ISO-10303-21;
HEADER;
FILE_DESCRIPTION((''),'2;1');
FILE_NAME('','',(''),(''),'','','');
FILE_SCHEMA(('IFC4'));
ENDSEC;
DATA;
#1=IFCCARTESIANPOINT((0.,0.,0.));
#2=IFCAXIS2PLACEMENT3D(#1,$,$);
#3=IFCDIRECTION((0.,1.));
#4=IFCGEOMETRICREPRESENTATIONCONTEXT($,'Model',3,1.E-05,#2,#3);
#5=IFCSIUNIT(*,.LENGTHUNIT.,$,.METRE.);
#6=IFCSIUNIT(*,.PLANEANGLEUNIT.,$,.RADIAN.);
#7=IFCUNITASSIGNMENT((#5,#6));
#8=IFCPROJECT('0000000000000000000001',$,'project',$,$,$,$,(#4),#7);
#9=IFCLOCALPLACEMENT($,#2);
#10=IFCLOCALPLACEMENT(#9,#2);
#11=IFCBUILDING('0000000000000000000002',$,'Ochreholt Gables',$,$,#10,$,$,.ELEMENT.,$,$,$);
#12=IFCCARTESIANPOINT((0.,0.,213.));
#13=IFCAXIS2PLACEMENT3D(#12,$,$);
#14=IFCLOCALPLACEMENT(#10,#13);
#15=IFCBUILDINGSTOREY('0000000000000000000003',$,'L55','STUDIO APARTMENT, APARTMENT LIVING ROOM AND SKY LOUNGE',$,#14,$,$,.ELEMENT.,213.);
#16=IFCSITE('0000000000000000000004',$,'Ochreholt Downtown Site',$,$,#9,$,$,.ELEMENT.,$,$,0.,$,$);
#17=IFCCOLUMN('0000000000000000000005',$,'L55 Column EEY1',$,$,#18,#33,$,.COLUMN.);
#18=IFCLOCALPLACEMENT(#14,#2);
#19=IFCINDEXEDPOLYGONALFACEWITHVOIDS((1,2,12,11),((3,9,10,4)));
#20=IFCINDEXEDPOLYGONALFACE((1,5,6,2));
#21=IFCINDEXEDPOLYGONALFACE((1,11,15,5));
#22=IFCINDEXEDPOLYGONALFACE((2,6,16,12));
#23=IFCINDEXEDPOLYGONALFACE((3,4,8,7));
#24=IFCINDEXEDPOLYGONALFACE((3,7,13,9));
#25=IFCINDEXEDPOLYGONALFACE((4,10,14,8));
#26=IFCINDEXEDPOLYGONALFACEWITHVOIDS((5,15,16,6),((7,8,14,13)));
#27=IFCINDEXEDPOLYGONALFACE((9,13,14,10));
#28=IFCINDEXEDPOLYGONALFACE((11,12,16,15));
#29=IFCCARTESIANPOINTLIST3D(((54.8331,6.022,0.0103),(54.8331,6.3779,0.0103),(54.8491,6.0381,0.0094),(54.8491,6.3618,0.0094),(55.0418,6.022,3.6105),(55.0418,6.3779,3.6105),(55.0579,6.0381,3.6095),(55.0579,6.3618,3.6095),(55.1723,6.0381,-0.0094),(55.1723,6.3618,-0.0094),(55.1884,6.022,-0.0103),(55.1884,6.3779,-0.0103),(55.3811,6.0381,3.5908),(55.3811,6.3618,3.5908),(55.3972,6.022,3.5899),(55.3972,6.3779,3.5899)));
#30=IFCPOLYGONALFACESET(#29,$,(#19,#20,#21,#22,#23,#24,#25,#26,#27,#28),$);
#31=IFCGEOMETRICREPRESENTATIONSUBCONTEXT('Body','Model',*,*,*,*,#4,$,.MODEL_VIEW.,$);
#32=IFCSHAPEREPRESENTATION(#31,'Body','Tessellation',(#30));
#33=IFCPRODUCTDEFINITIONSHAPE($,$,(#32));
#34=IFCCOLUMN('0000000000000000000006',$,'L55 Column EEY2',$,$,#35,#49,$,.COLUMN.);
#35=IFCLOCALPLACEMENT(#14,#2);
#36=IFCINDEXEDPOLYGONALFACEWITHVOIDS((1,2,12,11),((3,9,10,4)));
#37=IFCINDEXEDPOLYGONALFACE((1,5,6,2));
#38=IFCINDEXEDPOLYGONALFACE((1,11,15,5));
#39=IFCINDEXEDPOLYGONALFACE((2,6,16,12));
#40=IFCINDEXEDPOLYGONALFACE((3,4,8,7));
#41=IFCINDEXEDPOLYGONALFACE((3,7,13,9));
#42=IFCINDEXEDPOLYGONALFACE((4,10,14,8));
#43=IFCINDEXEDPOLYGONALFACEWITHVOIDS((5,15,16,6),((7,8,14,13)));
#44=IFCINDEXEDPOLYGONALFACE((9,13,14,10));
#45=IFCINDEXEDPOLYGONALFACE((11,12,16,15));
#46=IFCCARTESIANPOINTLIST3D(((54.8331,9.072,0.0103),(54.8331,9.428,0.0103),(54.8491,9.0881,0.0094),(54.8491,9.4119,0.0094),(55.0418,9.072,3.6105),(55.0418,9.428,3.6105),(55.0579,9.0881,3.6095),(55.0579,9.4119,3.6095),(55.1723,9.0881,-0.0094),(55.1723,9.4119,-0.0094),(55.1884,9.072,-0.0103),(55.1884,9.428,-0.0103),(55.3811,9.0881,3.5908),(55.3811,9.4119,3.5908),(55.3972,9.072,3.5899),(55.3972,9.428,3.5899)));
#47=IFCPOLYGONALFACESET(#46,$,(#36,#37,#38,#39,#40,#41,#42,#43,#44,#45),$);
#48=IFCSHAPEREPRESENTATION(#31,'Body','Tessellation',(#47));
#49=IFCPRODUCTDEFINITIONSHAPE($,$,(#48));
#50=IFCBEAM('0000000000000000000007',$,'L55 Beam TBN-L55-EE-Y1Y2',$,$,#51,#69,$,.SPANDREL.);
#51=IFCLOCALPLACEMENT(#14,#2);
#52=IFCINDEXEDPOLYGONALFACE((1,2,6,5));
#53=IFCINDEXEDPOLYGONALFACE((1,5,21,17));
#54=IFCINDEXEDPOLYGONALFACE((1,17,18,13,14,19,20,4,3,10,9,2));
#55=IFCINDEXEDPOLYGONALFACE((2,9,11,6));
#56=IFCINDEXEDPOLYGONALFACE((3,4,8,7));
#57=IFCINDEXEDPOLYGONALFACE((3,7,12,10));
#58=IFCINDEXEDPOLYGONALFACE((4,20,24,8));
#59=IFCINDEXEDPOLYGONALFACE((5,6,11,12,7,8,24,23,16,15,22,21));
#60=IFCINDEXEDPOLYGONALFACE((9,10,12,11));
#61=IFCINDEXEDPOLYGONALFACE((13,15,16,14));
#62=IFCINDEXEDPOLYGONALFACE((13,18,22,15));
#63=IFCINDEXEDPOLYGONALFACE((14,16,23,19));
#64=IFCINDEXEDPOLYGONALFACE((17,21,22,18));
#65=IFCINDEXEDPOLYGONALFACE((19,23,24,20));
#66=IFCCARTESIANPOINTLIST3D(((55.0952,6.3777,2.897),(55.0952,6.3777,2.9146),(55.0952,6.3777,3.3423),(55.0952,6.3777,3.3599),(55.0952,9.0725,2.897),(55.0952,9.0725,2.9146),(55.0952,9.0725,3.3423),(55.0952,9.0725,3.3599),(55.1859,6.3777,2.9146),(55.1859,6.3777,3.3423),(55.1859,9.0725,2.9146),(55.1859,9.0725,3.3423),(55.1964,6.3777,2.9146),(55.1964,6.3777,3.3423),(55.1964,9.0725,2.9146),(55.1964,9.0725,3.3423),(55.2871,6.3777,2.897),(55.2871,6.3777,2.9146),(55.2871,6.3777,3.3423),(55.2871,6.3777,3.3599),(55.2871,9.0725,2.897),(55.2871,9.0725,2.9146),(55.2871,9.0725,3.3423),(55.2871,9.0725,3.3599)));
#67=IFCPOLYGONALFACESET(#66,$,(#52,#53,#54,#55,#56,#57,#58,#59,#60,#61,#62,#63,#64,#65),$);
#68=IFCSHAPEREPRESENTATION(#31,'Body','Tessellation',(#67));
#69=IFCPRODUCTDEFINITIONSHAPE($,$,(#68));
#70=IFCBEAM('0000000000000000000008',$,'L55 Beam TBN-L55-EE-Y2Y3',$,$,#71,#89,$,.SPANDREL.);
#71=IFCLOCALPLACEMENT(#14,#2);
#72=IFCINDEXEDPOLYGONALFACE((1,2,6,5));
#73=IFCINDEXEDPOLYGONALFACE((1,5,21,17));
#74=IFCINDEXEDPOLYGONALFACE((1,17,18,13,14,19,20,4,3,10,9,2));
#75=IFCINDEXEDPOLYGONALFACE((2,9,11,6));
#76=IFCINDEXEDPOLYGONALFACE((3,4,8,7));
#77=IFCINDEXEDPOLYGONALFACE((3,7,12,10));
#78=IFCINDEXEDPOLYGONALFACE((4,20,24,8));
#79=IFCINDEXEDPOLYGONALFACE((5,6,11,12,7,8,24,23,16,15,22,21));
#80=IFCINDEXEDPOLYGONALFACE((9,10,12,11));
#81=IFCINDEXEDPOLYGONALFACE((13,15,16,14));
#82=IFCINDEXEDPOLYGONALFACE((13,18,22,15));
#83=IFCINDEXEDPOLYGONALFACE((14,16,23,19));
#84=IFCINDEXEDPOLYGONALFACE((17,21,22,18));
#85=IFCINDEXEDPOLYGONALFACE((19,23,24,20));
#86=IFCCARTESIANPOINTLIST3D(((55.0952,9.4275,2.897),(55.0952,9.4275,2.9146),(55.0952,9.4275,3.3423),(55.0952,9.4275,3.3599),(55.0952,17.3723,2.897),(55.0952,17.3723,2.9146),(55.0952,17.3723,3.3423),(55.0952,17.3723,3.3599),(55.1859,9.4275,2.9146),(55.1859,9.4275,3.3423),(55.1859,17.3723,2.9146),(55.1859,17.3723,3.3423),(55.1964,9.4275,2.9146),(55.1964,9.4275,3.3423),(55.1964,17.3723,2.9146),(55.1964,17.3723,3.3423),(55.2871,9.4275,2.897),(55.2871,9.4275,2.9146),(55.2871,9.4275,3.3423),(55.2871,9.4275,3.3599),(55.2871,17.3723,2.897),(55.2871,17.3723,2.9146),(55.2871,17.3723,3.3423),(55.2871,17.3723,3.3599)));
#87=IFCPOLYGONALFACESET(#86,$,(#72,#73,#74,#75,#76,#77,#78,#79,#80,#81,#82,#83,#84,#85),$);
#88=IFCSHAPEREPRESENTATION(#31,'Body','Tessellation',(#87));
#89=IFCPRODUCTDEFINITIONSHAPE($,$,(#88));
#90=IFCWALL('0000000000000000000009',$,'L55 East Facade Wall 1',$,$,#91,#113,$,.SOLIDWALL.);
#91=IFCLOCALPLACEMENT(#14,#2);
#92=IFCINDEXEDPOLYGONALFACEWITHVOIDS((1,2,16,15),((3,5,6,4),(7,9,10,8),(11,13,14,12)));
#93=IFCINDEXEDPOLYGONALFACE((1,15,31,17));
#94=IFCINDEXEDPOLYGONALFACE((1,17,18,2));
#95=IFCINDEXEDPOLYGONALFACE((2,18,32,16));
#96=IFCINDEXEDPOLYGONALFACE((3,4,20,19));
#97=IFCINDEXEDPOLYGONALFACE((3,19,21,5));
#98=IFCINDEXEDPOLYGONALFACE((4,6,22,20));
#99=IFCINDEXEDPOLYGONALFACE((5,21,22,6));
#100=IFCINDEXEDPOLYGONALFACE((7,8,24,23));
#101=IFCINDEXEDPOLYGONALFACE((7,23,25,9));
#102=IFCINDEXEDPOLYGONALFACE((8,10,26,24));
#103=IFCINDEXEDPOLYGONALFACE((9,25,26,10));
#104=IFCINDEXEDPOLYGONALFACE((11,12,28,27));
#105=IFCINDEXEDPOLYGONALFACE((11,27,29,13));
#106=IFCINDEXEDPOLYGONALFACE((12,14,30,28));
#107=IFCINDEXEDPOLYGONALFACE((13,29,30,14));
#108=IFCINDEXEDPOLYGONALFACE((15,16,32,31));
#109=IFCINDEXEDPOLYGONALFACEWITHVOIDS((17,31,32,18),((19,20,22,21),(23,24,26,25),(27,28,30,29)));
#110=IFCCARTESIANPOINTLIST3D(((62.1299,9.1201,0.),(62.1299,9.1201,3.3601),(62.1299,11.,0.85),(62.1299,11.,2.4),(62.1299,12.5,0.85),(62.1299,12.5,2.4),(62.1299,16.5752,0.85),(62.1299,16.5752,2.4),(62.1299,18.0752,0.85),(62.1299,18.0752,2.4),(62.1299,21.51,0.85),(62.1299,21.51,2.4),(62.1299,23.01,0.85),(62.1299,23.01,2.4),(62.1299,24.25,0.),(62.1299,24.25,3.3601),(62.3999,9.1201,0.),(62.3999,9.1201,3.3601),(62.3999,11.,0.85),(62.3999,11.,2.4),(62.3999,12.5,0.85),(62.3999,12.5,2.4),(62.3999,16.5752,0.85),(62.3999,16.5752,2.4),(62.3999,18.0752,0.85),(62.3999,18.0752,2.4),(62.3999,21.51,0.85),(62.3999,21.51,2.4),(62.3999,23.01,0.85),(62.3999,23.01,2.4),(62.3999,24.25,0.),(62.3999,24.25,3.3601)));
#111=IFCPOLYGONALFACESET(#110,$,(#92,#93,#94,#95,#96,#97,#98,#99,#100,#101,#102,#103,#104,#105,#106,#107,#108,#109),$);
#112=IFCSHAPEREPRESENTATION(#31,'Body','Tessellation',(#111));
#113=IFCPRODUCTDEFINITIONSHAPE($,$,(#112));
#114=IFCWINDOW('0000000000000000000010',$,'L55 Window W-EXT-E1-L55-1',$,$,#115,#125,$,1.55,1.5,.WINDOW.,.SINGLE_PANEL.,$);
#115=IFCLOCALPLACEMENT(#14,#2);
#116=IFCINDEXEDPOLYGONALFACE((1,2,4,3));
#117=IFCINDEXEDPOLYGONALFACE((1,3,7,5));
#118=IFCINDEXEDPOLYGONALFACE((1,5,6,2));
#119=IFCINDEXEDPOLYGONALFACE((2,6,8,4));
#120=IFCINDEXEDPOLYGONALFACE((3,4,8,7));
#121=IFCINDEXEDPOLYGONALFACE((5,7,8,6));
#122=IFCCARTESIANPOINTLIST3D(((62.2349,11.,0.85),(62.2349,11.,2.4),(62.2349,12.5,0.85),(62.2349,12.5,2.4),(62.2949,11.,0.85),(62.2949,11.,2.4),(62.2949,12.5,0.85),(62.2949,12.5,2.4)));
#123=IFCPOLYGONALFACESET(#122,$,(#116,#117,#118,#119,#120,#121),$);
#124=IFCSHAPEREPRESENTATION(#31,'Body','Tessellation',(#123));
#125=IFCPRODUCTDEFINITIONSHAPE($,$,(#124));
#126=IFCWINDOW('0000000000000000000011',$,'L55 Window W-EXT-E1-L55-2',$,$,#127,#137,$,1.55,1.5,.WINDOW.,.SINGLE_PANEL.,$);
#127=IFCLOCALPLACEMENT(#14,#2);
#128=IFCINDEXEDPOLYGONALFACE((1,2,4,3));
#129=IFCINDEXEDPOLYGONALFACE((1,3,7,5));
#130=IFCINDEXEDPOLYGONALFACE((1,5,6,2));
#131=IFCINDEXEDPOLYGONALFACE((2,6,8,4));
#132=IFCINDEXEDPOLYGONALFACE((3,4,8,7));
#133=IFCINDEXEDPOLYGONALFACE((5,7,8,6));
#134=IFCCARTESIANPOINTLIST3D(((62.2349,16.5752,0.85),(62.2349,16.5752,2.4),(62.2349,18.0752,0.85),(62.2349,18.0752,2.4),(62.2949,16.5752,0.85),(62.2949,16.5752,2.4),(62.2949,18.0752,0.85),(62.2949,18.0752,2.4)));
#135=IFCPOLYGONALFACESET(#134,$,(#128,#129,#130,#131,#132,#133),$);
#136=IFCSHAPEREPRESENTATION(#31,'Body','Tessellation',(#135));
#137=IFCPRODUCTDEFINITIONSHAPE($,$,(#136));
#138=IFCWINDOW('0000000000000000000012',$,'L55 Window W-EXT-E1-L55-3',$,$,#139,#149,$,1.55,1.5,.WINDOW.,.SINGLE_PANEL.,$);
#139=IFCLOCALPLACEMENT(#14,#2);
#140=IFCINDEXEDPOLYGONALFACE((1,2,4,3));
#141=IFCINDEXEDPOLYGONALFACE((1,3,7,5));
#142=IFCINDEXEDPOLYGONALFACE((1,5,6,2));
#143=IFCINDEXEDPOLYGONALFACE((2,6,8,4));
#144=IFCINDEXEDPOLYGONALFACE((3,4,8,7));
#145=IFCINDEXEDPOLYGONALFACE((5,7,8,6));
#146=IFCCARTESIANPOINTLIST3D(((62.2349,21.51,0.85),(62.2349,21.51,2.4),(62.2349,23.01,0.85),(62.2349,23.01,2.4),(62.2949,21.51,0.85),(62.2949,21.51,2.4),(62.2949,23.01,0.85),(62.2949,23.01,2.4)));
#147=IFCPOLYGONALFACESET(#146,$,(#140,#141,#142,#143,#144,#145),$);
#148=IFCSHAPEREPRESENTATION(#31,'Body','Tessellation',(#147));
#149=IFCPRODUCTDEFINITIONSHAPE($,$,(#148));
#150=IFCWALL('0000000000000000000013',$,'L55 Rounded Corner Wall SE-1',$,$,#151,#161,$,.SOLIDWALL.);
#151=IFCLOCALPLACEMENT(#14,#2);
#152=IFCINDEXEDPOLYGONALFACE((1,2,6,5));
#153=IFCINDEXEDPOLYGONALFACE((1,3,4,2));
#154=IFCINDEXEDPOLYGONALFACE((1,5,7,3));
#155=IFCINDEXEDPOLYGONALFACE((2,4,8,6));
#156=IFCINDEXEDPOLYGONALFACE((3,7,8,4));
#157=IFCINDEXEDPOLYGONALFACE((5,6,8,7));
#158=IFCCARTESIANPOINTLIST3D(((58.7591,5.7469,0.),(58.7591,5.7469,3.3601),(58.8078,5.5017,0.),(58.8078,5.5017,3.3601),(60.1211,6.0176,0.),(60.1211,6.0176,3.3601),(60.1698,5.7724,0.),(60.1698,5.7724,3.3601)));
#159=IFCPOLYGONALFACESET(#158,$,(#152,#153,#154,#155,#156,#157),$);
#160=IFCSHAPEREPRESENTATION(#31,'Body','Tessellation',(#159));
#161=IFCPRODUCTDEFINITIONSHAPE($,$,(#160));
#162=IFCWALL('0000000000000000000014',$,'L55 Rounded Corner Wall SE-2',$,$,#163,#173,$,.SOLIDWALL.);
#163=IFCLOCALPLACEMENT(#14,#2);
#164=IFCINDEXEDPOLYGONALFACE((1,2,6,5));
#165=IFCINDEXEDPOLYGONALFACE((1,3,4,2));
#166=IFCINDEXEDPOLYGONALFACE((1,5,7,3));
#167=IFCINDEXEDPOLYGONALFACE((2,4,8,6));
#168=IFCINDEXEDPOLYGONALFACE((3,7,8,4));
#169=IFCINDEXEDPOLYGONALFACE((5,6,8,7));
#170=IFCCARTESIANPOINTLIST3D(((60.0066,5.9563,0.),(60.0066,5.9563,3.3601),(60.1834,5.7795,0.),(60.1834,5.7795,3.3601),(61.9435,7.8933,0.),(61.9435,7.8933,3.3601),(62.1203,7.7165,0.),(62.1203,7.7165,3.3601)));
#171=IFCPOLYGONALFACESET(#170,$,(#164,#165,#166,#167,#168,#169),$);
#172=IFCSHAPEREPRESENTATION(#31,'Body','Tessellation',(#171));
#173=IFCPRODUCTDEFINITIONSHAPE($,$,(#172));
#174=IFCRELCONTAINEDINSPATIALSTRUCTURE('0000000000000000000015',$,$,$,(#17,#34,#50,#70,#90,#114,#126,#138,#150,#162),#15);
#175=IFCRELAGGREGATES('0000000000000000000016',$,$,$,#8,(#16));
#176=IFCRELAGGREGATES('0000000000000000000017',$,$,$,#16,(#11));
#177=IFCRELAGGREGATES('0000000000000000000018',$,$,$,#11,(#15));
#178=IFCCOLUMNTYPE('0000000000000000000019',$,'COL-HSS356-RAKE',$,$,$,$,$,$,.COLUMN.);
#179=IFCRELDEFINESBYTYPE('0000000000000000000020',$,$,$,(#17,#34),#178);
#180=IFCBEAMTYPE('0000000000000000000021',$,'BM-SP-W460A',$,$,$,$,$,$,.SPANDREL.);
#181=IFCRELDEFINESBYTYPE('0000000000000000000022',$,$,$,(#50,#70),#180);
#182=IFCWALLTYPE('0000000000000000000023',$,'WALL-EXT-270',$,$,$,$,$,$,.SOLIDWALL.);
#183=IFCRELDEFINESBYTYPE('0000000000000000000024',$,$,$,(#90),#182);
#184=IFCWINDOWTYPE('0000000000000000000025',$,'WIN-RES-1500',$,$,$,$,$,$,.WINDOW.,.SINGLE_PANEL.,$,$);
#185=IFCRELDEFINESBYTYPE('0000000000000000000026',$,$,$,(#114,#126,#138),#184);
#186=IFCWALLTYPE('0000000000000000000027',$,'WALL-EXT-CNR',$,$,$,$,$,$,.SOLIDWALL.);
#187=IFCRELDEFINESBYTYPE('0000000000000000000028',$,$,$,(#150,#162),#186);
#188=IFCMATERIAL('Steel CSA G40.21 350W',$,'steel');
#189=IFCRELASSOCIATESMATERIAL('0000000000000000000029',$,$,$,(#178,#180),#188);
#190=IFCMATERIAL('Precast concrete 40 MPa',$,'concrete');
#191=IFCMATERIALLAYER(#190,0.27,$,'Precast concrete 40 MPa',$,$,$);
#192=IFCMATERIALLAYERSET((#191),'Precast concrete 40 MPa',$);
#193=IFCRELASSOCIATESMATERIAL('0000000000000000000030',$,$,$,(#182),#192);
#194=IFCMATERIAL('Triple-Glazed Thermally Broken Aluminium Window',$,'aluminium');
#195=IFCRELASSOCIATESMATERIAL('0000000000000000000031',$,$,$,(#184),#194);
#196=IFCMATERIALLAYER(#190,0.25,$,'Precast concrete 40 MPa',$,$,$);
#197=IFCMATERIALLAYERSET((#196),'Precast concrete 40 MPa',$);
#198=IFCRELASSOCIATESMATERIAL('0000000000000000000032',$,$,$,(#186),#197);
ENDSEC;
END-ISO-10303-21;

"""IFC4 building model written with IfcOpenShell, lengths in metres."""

from ifc_helpers import new_model, si_unit, direction, frame, frame_2d, origin, origin_2d, place, context, subcontext, project, spatial, rectangle, hollow_rectangle, i_section, extrude, material, layer, layer_set, material_profile, profile_set, type_object, element, fill, save


model = new_model("IFC4")

# Units and contexts
model_context = context("Model", 3, precision=1e-05, world=origin(), true_north=direction((0.0, 1.0)))
body_context = subcontext(model_context, "Body", "Model", "MODEL_VIEW")
ifc_project = project(units=[si_unit("LENGTHUNIT", "METRE"), si_unit("PLANEANGLEUNIT", "RADIAN")], contexts=[model_context])

# Site, building, storey
site_placement = place(None, origin())
site = spatial("IfcSite", under=ifc_project, at=site_placement, Name="Ochreholt Downtown Site", CompositionType="ELEMENT", RefElevation=0.0)
building_placement = place(site_placement, origin())
building = spatial("IfcBuilding", under=site, at=building_placement, Name="Ochreholt Gables", CompositionType="ELEMENT")
storey_placement = place(building_placement, frame((0.0, 0.0, 213.0)))
storey = spatial("IfcBuildingStorey", under=building, at=storey_placement, Name="L55", Description="STUDIO APARTMENT, APARTMENT LIVING ROOM AND SKY LOUNGE", CompositionType="ELEMENT", Elevation=213.0)

# Columns
ifc_material_1 = material(Name="Steel CSA G40.21 350W", Category="steel")
ifc_material_profile_1 = material_profile(ifc_material_1, hollow_rectangle(XDim=0.356, YDim=0.356, WallThickness=0.0161, at=origin_2d()), Name="HSS356X356X16")
ifc_profile_set_1 = profile_set([ifc_material_profile_1], Name="Steel CSA G40.21 350W")
column_type = type_object("IfcColumnType", Name="COL-HSS356-RAKE", PredefinedType="COLUMN", material=ifc_profile_set_1)
for number, where, z_axis, x_axis, name in (
    (1, (55.0107, 6.2, 0.0), (0.057885, 0.0, 0.998323), (0.0, 1.0, 0.0), "L55 Column EEY1"),
    (2, (55.0107, 9.25, 0.0), (0.057885, 0.0, 0.998323), (0.0, 1.0, 0.0), "L55 Column EEY2"),
):
    element("IfcColumn", number, at=place(storey_placement, frame(where, z_axis=z_axis, x_axis=x_axis)), inside=storey, type_object=column_type, Name=name, PredefinedType="COLUMN", context=body_context, shape_type="SweptSolid", body=[
        extrude(hollow_rectangle(XDim=0.356, YDim=0.356, WallThickness=0.0161, at=origin_2d()), origin(), (0.0, 0.0, 1.0), 3.6062),
    ])

# Beams
ifc_material_profile_2 = material_profile(ifc_material_1, i_section(OverallWidth=0.1919, OverallDepth=0.4629, WebThickness=0.0105, FlangeThickness=0.0176, at=origin_2d()), Name="W460X89")
ifc_profile_set_2 = profile_set([ifc_material_profile_2], Name="Steel CSA G40.21 350W")
beam_type = type_object("IfcBeamType", Name="BM-SP-W460A", PredefinedType="SPANDREL", material=ifc_profile_set_2)
beam_1_placement = place(storey_placement, frame((55.1912, 6.3777, 3.1284), z_axis=(0.0, 1.0, 0.0), x_axis=(-1.0, 0.0, 0.0)))
element("IfcBeam", 3, at=beam_1_placement, inside=storey, type_object=beam_type, Name="L55 Beam TBN-L55-EE-Y1Y2", PredefinedType="SPANDREL", context=body_context, shape_type="SweptSolid", body=[
    extrude(i_section(OverallWidth=0.1919, OverallDepth=0.4629, WebThickness=0.0105, FlangeThickness=0.0176, at=origin_2d()), origin(), (0.0, 0.0, 1.0), 2.6948),
])
beam_2_placement = place(storey_placement, frame((55.1912, 9.4275, 3.1284), z_axis=(0.0, 1.0, 0.0), x_axis=(-1.0, 0.0, 0.0)))
element("IfcBeam", 4, at=beam_2_placement, inside=storey, type_object=beam_type, Name="L55 Beam TBN-L55-EE-Y2Y3", PredefinedType="SPANDREL", context=body_context, shape_type="SweptSolid", body=[
    extrude(i_section(OverallWidth=0.1919, OverallDepth=0.4629, WebThickness=0.0105, FlangeThickness=0.0176, at=origin_2d()), origin(), (0.0, 0.0, 1.0), 7.9448),
])

# Wall, openings, windows
ifc_material_2 = material(Name="Precast concrete 40 MPa", Category="concrete")
ifc_layer_1 = layer(ifc_material_2, 0.27, Name="Precast concrete 40 MPa")
ifc_layer_set_1 = layer_set([ifc_layer_1], Name="Precast concrete 40 MPa")
wall_type_1 = type_object("IfcWallType", Name="WALL-EXT-270", PredefinedType="SOLIDWALL", material=ifc_layer_set_1)
wall_1_placement = place(storey_placement, frame((62.2649, 9.1201, 0.0), z_axis=(0.0, 0.0, 1.0), x_axis=(0.0, 1.0, 0.0)))
wall_1 = element("IfcWall", 5, at=wall_1_placement, inside=storey, type_object=wall_type_1, Name="L55 East Facade Wall 1", PredefinedType="SOLIDWALL", context=body_context, shape_type="SweptSolid", body=[
    extrude(rectangle(XDim=15.1299, YDim=0.27, at=frame_2d((7.5649, 0.0))), origin(), (0.0, 0.0, 1.0), 3.3601),
])
opening_1_placement = place(wall_1_placement, frame((1.8799, 0.0, 0.8501)))
opening_1 = element("IfcOpeningElement", 6, at=opening_1_placement, cuts=wall_1, PredefinedType="OPENING", context=body_context, shape_type="SweptSolid", body=[
    extrude(rectangle(XDim=1.5, YDim=1.55, at=frame_2d((0.75, 0.7749))), frame((0.0, 0.145, 0.0), z_axis=(0.0, -1.0, 0.0), x_axis=(1.0, 0.0, 0.0)), (0.0, 0.0, 1.0), 0.29),
])
opening_2_placement = place(wall_1_placement, frame((7.4551, 0.0, 0.8501)))
opening_2 = element("IfcOpeningElement", 7, at=opening_2_placement, cuts=wall_1, PredefinedType="OPENING", context=body_context, shape_type="SweptSolid", body=[
    extrude(rectangle(XDim=1.5, YDim=1.55, at=frame_2d((0.75, 0.7749))), frame((0.0, 0.145, 0.0), z_axis=(0.0, -1.0, 0.0), x_axis=(1.0, 0.0, 0.0)), (0.0, 0.0, 1.0), 0.29),
])
opening_3_placement = place(wall_1_placement, frame((12.3899, 0.0, 0.8501)))
opening_3 = element("IfcOpeningElement", 8, at=opening_3_placement, cuts=wall_1, PredefinedType="OPENING", context=body_context, shape_type="SweptSolid", body=[
    extrude(rectangle(XDim=1.5, YDim=1.55, at=frame_2d((0.75, 0.7749))), frame((0.0, 0.145, 0.0), z_axis=(0.0, -1.0, 0.0), x_axis=(1.0, 0.0, 0.0)), (0.0, 0.0, 1.0), 0.29),
])
ifc_material_3 = material(Name="Triple-Glazed Thermally Broken Aluminium Window", Category="aluminium")
window_type = type_object("IfcWindowType", Name="WIN-RES-1500", PartitioningType="SINGLE_PANEL", PredefinedType="WINDOW", material=ifc_material_3)
window_1_placement = place(opening_1_placement, origin())
window_1 = element("IfcWindow", 9, at=window_1_placement, inside=storey, type_object=window_type, Name="L55 Window W-EXT-E1-L55-1", OverallHeight=1.55, OverallWidth=1.5, PartitioningType="SINGLE_PANEL", PredefinedType="WINDOW", context=body_context, shape_type="SweptSolid", body=[
    extrude(rectangle(XDim=1.5, YDim=1.55, at=frame_2d((0.75, 0.7749))), frame((0.0, 0.03, 0.0), z_axis=(0.0, -1.0, 0.0), x_axis=(1.0, 0.0, 0.0)), (0.0, 0.0, 1.0), 0.0601),
])
fill(opening_1, window_1)
window_2_placement = place(opening_2_placement, origin())
window_2 = element("IfcWindow", 10, at=window_2_placement, inside=storey, type_object=window_type, Name="L55 Window W-EXT-E1-L55-2", OverallHeight=1.55, OverallWidth=1.5, PartitioningType="SINGLE_PANEL", PredefinedType="WINDOW", context=body_context, shape_type="SweptSolid", body=[
    extrude(rectangle(XDim=1.5, YDim=1.55, at=frame_2d((0.75, 0.7749))), frame((0.0, 0.03, 0.0), z_axis=(0.0, -1.0, 0.0), x_axis=(1.0, 0.0, 0.0)), (0.0, 0.0, 1.0), 0.0601),
])
fill(opening_2, window_2)
window_3_placement = place(opening_3_placement, origin())
window_3 = element("IfcWindow", 11, at=window_3_placement, inside=storey, type_object=window_type, Name="L55 Window W-EXT-E1-L55-3", OverallHeight=1.55, OverallWidth=1.5, PartitioningType="SINGLE_PANEL", PredefinedType="WINDOW", context=body_context, shape_type="SweptSolid", body=[
    extrude(rectangle(XDim=1.5, YDim=1.55, at=frame_2d((0.75, 0.7749))), frame((0.0, 0.03, 0.0), z_axis=(0.0, -1.0, 0.0), x_axis=(1.0, 0.0, 0.0)), (0.0, 0.0, 1.0), 0.0601),
])
fill(opening_3, window_3)

# Walls
ifc_layer_2 = layer(ifc_material_2, 0.25, Name="Precast concrete 40 MPa")
ifc_layer_set_2 = layer_set([ifc_layer_2], Name="Precast concrete 40 MPa")
wall_type_2 = type_object("IfcWallType", Name="WALL-EXT-CNR", PredefinedType="SOLIDWALL", material=ifc_layer_set_2)
wall_2_placement = place(storey_placement, frame((58.7834, 5.6243, 0.0), z_axis=(0.0, 0.0, 1.0), x_axis=(0.98081, 0.194967, 0.0)))
element("IfcWall", 12, at=wall_2_placement, inside=storey, type_object=wall_type_2, Name="L55 Rounded Corner Wall SE-1", PredefinedType="SOLIDWALL", context=body_context, shape_type="SweptSolid", body=[
    extrude(rectangle(XDim=1.3887, YDim=0.25, at=frame_2d((0.6943, 0.0))), origin(), (0.0, 0.0, 1.0), 3.3601),
])
wall_3_placement = place(storey_placement, frame((60.095, 5.8679, 0.0), z_axis=(0.0, 0.0, 1.0), x_axis=(0.707107, 0.707107, 0.0)))
element("IfcWall", 13, at=wall_3_placement, inside=storey, type_object=wall_type_2, Name="L55 Rounded Corner Wall SE-2", PredefinedType="SOLIDWALL", context=body_context, shape_type="SweptSolid", body=[
    extrude(rectangle(XDim=2.7393, YDim=0.25, at=frame_2d((1.3696, 0.0))), origin(), (0.0, 0.0, 1.0), 3.3601),
])

save(model, "model.ifc")
